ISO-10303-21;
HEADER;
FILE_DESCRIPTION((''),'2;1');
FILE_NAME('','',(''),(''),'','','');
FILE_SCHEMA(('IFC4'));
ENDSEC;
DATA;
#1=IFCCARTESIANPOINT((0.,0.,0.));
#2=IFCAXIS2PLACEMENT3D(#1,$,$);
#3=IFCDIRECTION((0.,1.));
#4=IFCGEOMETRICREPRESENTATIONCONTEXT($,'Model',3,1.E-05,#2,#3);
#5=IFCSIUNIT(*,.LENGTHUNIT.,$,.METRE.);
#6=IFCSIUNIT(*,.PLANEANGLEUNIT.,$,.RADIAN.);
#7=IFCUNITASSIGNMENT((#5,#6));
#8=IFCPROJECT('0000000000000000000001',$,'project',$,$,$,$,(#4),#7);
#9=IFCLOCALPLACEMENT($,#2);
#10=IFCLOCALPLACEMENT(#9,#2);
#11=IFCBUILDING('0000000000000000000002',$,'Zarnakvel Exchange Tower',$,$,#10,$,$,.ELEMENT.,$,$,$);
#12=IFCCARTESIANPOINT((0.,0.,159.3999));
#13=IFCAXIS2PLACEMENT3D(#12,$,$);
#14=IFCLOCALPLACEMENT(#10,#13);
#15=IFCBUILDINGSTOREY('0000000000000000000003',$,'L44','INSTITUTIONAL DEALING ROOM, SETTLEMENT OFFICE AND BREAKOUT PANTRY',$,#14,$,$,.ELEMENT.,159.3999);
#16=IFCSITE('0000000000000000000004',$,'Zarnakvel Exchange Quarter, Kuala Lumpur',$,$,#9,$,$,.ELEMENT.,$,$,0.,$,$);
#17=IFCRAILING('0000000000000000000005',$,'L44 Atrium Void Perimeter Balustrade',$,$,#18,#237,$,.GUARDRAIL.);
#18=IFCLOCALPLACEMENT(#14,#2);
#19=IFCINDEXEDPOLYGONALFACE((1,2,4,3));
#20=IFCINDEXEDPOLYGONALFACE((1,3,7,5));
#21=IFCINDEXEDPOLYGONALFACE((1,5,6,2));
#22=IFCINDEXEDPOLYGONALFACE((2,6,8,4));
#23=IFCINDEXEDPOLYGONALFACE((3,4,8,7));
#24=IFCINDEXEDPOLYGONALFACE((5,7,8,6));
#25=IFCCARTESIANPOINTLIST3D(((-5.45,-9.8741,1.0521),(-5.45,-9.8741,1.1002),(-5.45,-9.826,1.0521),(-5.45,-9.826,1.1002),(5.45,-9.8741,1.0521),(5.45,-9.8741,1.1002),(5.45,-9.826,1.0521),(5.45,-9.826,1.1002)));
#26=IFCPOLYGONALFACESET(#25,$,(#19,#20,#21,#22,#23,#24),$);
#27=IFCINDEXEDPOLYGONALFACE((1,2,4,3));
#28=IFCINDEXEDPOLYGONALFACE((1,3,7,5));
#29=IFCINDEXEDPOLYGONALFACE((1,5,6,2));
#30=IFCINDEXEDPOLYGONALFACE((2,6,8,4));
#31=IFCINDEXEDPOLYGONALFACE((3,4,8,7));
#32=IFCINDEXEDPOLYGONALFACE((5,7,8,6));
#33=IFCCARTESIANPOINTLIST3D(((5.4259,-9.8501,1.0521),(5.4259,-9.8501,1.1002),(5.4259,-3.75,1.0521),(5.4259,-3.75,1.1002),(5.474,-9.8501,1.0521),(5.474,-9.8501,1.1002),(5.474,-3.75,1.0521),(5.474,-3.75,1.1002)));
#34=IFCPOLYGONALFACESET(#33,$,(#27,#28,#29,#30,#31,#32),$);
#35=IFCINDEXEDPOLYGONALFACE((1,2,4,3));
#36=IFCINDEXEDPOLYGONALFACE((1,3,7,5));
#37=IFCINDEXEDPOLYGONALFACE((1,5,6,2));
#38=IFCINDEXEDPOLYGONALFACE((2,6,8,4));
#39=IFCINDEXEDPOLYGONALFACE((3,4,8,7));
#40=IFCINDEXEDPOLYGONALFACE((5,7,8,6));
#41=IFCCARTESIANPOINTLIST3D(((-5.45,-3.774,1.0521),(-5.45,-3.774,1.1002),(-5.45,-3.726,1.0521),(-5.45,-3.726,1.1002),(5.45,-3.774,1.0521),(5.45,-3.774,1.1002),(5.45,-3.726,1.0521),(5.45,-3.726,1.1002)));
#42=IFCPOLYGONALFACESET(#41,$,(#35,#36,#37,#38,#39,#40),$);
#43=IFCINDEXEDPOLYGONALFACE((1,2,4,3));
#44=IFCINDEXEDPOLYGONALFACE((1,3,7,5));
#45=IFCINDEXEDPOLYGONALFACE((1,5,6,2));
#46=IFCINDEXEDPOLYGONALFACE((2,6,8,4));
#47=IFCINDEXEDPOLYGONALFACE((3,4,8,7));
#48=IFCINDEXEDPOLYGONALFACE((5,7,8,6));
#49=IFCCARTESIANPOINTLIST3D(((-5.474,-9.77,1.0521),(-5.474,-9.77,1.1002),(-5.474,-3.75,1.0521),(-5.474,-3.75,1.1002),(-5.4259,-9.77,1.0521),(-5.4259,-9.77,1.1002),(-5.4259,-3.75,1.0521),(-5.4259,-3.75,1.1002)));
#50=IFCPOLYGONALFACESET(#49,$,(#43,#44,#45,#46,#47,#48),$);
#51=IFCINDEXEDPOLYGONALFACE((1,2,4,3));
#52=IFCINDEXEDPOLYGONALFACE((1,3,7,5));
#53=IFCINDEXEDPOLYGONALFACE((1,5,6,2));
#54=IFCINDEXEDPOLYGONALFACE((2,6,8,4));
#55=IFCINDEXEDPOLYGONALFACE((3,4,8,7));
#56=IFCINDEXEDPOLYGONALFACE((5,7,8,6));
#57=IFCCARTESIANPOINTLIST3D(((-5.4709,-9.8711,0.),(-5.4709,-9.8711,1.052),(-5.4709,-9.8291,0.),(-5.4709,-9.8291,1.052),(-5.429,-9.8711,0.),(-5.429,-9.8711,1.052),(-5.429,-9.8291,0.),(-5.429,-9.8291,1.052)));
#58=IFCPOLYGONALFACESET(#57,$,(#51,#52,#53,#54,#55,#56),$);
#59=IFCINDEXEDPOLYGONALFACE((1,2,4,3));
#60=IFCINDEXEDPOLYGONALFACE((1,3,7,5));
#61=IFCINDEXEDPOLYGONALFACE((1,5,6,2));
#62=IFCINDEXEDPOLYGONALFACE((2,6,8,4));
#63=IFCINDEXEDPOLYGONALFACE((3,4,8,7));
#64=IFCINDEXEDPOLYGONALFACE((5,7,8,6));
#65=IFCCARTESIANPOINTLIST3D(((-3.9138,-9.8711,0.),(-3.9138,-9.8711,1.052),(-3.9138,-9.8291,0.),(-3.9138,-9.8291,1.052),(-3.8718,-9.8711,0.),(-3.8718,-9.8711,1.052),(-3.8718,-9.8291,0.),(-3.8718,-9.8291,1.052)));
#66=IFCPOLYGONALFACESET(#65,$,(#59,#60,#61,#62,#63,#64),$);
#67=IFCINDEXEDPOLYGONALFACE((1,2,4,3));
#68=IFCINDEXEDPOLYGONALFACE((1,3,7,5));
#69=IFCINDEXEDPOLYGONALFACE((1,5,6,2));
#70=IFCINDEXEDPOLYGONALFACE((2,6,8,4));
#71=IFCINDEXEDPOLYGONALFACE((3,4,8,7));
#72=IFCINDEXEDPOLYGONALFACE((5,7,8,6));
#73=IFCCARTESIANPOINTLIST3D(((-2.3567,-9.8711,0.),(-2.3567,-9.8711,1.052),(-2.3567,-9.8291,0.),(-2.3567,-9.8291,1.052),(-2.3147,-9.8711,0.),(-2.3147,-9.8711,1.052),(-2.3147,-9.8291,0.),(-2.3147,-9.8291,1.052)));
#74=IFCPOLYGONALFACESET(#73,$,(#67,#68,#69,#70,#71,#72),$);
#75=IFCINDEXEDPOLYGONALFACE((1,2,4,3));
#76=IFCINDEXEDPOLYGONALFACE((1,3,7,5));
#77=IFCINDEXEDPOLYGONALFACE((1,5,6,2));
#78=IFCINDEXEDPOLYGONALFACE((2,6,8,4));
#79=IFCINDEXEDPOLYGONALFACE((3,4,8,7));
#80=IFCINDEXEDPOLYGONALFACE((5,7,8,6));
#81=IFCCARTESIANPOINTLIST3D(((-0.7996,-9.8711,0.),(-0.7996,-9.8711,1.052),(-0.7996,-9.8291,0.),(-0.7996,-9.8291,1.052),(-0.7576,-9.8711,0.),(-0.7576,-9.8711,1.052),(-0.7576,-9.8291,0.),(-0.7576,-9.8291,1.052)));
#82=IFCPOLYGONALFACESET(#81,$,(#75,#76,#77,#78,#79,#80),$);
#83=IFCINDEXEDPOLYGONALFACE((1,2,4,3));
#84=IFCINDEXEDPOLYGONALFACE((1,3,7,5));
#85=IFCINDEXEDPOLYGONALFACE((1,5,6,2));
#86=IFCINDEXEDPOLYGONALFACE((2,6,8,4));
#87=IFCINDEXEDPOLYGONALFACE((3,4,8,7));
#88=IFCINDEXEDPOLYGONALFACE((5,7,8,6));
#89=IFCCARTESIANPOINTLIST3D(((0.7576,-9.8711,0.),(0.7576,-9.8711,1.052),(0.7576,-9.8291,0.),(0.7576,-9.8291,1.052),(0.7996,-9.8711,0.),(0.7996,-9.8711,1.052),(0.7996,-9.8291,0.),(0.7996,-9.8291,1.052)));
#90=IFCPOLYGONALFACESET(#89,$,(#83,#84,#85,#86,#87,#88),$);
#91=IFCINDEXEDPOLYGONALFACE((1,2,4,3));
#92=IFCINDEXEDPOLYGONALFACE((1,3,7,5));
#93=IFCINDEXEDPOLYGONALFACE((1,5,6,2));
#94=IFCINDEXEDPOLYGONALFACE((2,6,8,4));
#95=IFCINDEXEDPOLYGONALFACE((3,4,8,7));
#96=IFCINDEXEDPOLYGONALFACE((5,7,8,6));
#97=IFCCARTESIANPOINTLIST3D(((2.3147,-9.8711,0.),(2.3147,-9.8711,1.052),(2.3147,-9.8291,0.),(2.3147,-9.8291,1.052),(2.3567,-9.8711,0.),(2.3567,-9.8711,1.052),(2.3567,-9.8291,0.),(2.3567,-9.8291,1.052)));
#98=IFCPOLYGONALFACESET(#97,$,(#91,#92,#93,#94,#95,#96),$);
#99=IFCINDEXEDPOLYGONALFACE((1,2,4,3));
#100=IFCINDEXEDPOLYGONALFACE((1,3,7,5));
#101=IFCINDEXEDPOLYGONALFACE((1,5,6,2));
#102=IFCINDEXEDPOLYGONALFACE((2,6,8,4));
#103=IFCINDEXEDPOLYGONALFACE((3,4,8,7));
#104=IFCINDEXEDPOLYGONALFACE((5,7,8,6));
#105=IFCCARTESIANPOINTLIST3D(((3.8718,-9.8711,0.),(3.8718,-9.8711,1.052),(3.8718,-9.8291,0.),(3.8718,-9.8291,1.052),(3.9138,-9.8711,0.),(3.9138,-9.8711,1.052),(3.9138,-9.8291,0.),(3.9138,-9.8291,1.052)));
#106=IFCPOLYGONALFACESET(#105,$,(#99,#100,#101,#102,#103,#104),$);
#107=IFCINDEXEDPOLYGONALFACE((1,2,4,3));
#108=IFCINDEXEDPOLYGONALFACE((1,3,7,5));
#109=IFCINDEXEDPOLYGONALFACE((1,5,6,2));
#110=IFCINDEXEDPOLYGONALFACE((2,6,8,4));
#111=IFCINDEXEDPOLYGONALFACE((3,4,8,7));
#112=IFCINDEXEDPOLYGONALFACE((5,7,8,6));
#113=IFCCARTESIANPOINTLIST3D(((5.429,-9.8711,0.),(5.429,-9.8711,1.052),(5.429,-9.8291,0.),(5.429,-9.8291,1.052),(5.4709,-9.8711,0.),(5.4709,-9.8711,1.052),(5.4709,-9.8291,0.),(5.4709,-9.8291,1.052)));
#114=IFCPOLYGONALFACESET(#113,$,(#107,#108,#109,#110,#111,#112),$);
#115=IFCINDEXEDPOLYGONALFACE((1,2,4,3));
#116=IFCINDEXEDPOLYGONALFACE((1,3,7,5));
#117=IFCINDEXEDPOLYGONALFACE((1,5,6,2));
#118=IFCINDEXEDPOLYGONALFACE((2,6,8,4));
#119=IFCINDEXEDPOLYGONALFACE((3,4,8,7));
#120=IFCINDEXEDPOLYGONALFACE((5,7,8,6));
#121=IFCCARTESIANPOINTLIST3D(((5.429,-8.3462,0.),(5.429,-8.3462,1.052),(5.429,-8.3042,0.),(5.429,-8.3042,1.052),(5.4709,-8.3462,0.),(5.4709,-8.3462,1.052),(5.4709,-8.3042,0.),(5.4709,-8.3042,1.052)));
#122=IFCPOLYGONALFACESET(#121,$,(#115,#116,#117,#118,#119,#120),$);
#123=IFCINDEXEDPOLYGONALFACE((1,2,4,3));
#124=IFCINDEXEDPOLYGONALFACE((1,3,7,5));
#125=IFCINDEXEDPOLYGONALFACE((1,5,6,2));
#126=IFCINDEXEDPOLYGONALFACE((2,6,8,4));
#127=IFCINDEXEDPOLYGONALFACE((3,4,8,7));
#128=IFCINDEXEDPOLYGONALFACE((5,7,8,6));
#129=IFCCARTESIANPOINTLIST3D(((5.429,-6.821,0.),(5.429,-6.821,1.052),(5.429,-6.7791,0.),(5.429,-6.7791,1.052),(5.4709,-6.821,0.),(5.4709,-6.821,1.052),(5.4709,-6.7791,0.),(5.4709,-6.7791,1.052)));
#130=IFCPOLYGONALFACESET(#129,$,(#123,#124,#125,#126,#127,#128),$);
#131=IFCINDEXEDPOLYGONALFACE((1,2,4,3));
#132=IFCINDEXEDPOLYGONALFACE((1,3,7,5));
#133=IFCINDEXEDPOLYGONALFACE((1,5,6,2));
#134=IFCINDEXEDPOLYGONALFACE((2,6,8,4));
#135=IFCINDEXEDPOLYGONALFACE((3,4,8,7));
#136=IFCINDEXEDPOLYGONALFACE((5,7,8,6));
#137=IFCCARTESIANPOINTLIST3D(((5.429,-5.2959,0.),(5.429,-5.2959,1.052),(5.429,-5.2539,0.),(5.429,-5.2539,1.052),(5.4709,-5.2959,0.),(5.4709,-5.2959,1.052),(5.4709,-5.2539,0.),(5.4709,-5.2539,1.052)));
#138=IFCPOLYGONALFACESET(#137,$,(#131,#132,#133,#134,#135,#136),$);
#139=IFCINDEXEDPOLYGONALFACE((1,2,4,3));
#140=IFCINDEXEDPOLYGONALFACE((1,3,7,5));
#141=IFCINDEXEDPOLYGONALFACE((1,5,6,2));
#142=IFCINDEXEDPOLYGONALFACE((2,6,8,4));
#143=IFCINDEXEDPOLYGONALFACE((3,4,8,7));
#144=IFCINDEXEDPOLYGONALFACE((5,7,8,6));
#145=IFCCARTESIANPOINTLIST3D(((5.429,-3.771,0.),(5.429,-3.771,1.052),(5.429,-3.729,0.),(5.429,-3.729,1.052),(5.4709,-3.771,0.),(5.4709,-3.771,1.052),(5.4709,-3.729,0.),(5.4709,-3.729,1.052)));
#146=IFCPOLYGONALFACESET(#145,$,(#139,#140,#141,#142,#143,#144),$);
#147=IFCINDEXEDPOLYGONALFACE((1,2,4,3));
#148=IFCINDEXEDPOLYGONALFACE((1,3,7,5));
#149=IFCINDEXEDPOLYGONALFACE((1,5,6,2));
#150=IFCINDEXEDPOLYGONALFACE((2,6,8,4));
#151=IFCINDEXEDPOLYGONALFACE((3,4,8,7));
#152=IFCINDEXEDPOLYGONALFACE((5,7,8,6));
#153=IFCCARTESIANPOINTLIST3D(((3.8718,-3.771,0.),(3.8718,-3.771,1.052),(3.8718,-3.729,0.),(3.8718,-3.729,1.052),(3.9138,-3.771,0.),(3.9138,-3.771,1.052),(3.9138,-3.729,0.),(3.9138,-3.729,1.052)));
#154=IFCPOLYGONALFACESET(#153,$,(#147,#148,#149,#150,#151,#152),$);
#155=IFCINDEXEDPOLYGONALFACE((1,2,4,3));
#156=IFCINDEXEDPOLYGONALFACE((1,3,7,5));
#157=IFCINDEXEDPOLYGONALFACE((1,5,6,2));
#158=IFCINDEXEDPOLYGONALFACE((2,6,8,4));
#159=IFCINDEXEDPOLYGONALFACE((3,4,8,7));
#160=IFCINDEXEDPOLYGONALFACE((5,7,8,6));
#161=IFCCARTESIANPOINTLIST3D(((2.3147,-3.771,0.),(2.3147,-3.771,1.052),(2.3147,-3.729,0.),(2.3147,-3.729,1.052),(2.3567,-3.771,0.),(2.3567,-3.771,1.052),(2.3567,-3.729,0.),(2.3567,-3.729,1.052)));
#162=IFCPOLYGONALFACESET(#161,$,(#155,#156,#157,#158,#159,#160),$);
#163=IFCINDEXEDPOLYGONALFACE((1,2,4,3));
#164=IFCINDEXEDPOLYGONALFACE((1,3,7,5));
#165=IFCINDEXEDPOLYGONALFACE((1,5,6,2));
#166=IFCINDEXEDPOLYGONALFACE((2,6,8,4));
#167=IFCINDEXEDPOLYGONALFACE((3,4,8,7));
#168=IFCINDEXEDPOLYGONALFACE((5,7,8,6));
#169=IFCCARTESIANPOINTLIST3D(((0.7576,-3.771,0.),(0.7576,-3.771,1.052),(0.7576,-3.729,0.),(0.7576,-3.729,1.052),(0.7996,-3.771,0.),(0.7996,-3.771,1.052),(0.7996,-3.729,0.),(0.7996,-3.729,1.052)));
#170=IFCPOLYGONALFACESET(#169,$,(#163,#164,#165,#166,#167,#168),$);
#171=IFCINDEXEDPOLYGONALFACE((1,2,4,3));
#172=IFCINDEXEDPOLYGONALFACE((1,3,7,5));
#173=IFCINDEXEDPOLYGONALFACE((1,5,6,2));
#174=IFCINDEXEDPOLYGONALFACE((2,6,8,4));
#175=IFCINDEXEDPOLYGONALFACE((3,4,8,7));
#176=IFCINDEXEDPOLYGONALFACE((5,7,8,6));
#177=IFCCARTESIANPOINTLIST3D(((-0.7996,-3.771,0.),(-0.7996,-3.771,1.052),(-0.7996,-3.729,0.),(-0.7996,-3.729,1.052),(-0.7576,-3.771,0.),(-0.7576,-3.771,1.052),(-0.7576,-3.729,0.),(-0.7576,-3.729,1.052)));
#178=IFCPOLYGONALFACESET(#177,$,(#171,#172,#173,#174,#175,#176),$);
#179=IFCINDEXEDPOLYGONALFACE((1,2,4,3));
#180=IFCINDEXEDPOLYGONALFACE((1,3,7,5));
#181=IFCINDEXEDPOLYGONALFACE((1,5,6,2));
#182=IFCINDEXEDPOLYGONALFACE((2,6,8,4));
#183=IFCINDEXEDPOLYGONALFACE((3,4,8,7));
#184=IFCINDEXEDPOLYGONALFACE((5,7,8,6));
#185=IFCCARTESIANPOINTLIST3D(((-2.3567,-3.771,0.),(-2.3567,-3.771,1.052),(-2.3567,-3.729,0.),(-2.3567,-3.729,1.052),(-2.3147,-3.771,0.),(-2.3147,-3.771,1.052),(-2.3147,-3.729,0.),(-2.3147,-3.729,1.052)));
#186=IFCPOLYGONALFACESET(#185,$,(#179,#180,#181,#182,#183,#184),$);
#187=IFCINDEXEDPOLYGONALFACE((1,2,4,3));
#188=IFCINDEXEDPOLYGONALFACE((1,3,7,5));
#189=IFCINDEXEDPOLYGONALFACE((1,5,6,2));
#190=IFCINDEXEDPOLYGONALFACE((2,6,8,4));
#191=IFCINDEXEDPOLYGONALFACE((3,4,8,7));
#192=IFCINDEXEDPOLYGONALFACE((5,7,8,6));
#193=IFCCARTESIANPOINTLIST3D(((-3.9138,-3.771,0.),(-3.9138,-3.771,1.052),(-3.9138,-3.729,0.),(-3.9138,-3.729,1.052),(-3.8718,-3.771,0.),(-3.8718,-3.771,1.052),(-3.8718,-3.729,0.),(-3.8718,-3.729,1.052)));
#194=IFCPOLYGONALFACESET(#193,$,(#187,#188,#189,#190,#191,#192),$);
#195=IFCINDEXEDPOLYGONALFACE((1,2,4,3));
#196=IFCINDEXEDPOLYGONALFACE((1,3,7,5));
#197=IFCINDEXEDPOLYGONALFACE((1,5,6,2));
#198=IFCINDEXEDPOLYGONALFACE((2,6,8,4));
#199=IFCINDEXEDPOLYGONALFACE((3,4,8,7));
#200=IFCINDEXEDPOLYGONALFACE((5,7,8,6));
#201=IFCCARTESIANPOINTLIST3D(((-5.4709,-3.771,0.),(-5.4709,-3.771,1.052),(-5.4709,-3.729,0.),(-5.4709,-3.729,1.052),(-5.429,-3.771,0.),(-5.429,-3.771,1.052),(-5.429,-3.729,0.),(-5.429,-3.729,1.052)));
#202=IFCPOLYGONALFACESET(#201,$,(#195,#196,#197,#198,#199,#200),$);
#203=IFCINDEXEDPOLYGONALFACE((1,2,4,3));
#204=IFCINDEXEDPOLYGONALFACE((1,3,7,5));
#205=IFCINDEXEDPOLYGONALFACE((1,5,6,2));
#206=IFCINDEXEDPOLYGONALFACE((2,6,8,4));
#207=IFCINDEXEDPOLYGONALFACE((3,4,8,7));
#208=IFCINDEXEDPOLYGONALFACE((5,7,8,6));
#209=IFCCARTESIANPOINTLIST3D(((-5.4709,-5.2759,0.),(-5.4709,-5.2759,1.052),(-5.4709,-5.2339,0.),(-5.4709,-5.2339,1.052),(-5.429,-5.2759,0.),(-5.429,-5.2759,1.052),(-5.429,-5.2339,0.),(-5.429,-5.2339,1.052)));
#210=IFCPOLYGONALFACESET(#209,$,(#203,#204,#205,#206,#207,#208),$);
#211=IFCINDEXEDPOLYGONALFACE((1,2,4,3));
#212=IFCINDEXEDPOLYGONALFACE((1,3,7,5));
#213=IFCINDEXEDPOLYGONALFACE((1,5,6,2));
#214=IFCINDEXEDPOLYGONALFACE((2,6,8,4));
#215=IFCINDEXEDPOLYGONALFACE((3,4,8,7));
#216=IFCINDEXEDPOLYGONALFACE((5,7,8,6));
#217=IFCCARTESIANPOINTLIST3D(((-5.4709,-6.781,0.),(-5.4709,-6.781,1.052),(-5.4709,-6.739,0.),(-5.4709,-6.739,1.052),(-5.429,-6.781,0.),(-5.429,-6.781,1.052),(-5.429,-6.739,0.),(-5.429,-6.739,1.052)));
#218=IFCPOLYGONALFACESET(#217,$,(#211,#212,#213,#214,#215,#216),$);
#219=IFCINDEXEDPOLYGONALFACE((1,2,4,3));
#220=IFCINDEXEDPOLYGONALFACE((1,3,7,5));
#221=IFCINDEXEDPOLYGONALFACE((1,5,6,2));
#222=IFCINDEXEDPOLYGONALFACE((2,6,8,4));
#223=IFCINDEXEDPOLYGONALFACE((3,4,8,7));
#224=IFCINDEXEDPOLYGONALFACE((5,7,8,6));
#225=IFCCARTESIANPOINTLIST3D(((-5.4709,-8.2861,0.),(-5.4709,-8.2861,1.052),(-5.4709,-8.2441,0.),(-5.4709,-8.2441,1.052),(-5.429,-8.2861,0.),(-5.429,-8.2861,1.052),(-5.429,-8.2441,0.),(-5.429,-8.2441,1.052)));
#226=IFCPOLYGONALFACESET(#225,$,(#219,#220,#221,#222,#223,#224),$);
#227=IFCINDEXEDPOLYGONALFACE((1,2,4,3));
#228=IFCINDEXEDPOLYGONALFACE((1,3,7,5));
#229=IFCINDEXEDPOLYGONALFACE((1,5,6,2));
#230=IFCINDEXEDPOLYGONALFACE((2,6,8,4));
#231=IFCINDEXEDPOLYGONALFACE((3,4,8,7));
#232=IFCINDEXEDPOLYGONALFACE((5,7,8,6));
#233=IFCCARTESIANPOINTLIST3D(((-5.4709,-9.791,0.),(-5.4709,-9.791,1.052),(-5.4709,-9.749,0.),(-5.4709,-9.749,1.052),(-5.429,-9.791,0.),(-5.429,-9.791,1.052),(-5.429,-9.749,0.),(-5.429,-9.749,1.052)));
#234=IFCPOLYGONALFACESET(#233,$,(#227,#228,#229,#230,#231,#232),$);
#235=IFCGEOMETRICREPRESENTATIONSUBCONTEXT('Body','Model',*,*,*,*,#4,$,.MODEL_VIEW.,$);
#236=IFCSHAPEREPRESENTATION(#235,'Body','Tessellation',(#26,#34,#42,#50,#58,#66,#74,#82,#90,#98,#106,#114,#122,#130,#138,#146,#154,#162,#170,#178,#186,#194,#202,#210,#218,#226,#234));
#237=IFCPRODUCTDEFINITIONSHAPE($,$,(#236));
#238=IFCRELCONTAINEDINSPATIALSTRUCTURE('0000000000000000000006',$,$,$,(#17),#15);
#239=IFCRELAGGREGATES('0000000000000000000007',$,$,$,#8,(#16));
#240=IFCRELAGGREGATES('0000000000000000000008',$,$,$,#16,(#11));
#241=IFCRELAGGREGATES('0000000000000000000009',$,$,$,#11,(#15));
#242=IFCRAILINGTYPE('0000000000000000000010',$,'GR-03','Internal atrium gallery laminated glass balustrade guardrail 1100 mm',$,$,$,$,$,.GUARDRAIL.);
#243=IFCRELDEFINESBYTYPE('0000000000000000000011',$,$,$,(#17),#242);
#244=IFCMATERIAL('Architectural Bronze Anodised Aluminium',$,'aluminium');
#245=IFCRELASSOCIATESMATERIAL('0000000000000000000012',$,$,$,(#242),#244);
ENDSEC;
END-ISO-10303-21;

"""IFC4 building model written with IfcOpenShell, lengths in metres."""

from ifc_helpers import new_model, si_unit, direction, frame, origin, origin_2d, place, context, subcontext, project, spatial, rectangle, extrude, material, type_object, element, save


model = new_model("IFC4")

# Units and contexts
model_context = context("Model", 3, precision=1e-05, world=origin(), true_north=direction((0.0, 1.0)))
body_context = subcontext(model_context, "Body", "Model", "MODEL_VIEW")
ifc_project = project(units=[si_unit("LENGTHUNIT", "METRE"), si_unit("PLANEANGLEUNIT", "RADIAN")], contexts=[model_context])

# Site, building, storey
site_placement = place(None, origin())
site = spatial("IfcSite", under=ifc_project, at=site_placement, Name="Zarnakvel Exchange Quarter, Kuala Lumpur", CompositionType="ELEMENT", RefElevation=0.0)
building_placement = place(site_placement, origin())
building = spatial("IfcBuilding", under=site, at=building_placement, Name="Zarnakvel Exchange Tower", CompositionType="ELEMENT")
storey_placement = place(building_placement, frame((0.0, 0.0, 159.3999)))
storey = spatial("IfcBuildingStorey", under=building, at=storey_placement, Name="L44", Description="INSTITUTIONAL DEALING ROOM, SETTLEMENT OFFICE AND BREAKOUT PANTRY", CompositionType="ELEMENT", Elevation=159.3999)

# Railing
ifc_material_1 = material(Name="Architectural Bronze Anodised Aluminium", Category="aluminium")
railing_type = type_object("IfcRailingType", Name="GR-03", Description="Internal atrium gallery laminated glass balustrade guardrail 1100 mm", PredefinedType="GUARDRAIL", material=ifc_material_1)
railing_placement = place(storey_placement, frame((-5.45, -9.8501, 0.0)))
element("IfcRailing", 1, at=railing_placement, inside=storey, type_object=railing_type, Name="L44 Atrium Void Perimeter Balustrade", PredefinedType="GUARDRAIL", context=body_context, shape_type="SweptSolid", body=[
    extrude(rectangle(XDim=0.0481, YDim=0.0481, at=origin_2d()), frame((0.0, 0.0, 1.0762), z_axis=(1.0, 0.0, 0.0), x_axis=(0.0, 1.0, 0.0)), (0.0, 0.0, 1.0), 10.8999),
    extrude(rectangle(XDim=0.0481, YDim=0.0481, at=origin_2d()), frame((10.8999, 0.0, 1.0762), z_axis=(0.0, 1.0, 0.0), x_axis=(-1.0, 0.0, 0.0)), (0.0, 0.0, 1.0), 6.1001),
    extrude(rectangle(XDim=0.0481, YDim=0.0481, at=origin_2d()), frame((10.8999, 6.1001, 1.0762), z_axis=(-1.0, 0.0, 0.0), x_axis=(0.0, -1.0, 0.0)), (0.0, 0.0, 1.0), 10.8999),
    extrude(rectangle(XDim=0.0481, YDim=0.0481, at=origin_2d()), frame((0.0, 6.1001, 1.0762), z_axis=(0.0, -1.0, 0.0), x_axis=(1.0, 0.0, 0.0)), (0.0, 0.0, 1.0), 6.02),
    extrude(rectangle(XDim=0.042, YDim=0.042, at=origin_2d()), origin(), (0.0, 0.0, 1.0), 1.052),
    extrude(rectangle(XDim=0.042, YDim=0.042, at=origin_2d()), frame((1.5571, 0.0, 0.0)), (0.0, 0.0, 1.0), 1.052),
    extrude(rectangle(XDim=0.042, YDim=0.042, at=origin_2d()), frame((3.1143, 0.0, 0.0)), (0.0, 0.0, 1.0), 1.052),
    extrude(rectangle(XDim=0.042, YDim=0.042, at=origin_2d()), frame((4.6714, 0.0, 0.0)), (0.0, 0.0, 1.0), 1.052),
    extrude(rectangle(XDim=0.042, YDim=0.042, at=origin_2d()), frame((6.2285, 0.0, 0.0)), (0.0, 0.0, 1.0), 1.052),
    extrude(rectangle(XDim=0.042, YDim=0.042, at=origin_2d()), frame((7.7856, 0.0, 0.0)), (0.0, 0.0, 1.0), 1.052),
    extrude(rectangle(XDim=0.042, YDim=0.042, at=origin_2d()), frame((9.3428, 0.0, 0.0)), (0.0, 0.0, 1.0), 1.052),
    extrude(rectangle(XDim=0.042, YDim=0.042, at=origin_2d()), frame((10.8999, 0.0, 0.0)), (0.0, 0.0, 1.0), 1.052),
    extrude(rectangle(XDim=0.042, YDim=0.042, at=origin_2d()), frame((10.8999, 1.5249, 0.0)), (0.0, 0.0, 1.0), 1.052),
    extrude(rectangle(XDim=0.042, YDim=0.042, at=origin_2d()), frame((10.8999, 3.05, 0.0)), (0.0, 0.0, 1.0), 1.052),
    extrude(rectangle(XDim=0.042, YDim=0.042, at=origin_2d()), frame((10.8999, 4.5752, 0.0)), (0.0, 0.0, 1.0), 1.052),
    extrude(rectangle(XDim=0.042, YDim=0.042, at=origin_2d()), frame((10.8999, 6.1001, 0.0)), (0.0, 0.0, 1.0), 1.052),
    extrude(rectangle(XDim=0.042, YDim=0.042, at=origin_2d()), frame((9.3428, 6.1001, 0.0)), (0.0, 0.0, 1.0), 1.052),
    extrude(rectangle(XDim=0.042, YDim=0.042, at=origin_2d()), frame((7.7856, 6.1001, 0.0)), (0.0, 0.0, 1.0), 1.052),
    extrude(rectangle(XDim=0.042, YDim=0.042, at=origin_2d()), frame((6.2285, 6.1001, 0.0)), (0.0, 0.0, 1.0), 1.052),
    extrude(rectangle(XDim=0.042, YDim=0.042, at=origin_2d()), frame((4.6714, 6.1001, 0.0)), (0.0, 0.0, 1.0), 1.052),
    extrude(rectangle(XDim=0.042, YDim=0.042, at=origin_2d()), frame((3.1143, 6.1001, 0.0)), (0.0, 0.0, 1.0), 1.052),
    extrude(rectangle(XDim=0.042, YDim=0.042, at=origin_2d()), frame((1.5571, 6.1001, 0.0)), (0.0, 0.0, 1.0), 1.052),
    extrude(rectangle(XDim=0.042, YDim=0.042, at=origin_2d()), frame((0.0, 6.1001, 0.0)), (0.0, 0.0, 1.0), 1.052),
    extrude(rectangle(XDim=0.042, YDim=0.042, at=origin_2d()), frame((0.0, 4.5952, 0.0)), (0.0, 0.0, 1.0), 1.052),
    extrude(rectangle(XDim=0.042, YDim=0.042, at=origin_2d()), frame((0.0, 3.0901, 0.0)), (0.0, 0.0, 1.0), 1.052),
    extrude(rectangle(XDim=0.042, YDim=0.042, at=origin_2d()), frame((0.0, 1.585, 0.0)), (0.0, 0.0, 1.0), 1.052),
    extrude(rectangle(XDim=0.042, YDim=0.042, at=origin_2d()), frame((0.0, 0.0801, 0.0)), (0.0, 0.0, 1.0), 1.052),
])

save(model, "model.ifc")
